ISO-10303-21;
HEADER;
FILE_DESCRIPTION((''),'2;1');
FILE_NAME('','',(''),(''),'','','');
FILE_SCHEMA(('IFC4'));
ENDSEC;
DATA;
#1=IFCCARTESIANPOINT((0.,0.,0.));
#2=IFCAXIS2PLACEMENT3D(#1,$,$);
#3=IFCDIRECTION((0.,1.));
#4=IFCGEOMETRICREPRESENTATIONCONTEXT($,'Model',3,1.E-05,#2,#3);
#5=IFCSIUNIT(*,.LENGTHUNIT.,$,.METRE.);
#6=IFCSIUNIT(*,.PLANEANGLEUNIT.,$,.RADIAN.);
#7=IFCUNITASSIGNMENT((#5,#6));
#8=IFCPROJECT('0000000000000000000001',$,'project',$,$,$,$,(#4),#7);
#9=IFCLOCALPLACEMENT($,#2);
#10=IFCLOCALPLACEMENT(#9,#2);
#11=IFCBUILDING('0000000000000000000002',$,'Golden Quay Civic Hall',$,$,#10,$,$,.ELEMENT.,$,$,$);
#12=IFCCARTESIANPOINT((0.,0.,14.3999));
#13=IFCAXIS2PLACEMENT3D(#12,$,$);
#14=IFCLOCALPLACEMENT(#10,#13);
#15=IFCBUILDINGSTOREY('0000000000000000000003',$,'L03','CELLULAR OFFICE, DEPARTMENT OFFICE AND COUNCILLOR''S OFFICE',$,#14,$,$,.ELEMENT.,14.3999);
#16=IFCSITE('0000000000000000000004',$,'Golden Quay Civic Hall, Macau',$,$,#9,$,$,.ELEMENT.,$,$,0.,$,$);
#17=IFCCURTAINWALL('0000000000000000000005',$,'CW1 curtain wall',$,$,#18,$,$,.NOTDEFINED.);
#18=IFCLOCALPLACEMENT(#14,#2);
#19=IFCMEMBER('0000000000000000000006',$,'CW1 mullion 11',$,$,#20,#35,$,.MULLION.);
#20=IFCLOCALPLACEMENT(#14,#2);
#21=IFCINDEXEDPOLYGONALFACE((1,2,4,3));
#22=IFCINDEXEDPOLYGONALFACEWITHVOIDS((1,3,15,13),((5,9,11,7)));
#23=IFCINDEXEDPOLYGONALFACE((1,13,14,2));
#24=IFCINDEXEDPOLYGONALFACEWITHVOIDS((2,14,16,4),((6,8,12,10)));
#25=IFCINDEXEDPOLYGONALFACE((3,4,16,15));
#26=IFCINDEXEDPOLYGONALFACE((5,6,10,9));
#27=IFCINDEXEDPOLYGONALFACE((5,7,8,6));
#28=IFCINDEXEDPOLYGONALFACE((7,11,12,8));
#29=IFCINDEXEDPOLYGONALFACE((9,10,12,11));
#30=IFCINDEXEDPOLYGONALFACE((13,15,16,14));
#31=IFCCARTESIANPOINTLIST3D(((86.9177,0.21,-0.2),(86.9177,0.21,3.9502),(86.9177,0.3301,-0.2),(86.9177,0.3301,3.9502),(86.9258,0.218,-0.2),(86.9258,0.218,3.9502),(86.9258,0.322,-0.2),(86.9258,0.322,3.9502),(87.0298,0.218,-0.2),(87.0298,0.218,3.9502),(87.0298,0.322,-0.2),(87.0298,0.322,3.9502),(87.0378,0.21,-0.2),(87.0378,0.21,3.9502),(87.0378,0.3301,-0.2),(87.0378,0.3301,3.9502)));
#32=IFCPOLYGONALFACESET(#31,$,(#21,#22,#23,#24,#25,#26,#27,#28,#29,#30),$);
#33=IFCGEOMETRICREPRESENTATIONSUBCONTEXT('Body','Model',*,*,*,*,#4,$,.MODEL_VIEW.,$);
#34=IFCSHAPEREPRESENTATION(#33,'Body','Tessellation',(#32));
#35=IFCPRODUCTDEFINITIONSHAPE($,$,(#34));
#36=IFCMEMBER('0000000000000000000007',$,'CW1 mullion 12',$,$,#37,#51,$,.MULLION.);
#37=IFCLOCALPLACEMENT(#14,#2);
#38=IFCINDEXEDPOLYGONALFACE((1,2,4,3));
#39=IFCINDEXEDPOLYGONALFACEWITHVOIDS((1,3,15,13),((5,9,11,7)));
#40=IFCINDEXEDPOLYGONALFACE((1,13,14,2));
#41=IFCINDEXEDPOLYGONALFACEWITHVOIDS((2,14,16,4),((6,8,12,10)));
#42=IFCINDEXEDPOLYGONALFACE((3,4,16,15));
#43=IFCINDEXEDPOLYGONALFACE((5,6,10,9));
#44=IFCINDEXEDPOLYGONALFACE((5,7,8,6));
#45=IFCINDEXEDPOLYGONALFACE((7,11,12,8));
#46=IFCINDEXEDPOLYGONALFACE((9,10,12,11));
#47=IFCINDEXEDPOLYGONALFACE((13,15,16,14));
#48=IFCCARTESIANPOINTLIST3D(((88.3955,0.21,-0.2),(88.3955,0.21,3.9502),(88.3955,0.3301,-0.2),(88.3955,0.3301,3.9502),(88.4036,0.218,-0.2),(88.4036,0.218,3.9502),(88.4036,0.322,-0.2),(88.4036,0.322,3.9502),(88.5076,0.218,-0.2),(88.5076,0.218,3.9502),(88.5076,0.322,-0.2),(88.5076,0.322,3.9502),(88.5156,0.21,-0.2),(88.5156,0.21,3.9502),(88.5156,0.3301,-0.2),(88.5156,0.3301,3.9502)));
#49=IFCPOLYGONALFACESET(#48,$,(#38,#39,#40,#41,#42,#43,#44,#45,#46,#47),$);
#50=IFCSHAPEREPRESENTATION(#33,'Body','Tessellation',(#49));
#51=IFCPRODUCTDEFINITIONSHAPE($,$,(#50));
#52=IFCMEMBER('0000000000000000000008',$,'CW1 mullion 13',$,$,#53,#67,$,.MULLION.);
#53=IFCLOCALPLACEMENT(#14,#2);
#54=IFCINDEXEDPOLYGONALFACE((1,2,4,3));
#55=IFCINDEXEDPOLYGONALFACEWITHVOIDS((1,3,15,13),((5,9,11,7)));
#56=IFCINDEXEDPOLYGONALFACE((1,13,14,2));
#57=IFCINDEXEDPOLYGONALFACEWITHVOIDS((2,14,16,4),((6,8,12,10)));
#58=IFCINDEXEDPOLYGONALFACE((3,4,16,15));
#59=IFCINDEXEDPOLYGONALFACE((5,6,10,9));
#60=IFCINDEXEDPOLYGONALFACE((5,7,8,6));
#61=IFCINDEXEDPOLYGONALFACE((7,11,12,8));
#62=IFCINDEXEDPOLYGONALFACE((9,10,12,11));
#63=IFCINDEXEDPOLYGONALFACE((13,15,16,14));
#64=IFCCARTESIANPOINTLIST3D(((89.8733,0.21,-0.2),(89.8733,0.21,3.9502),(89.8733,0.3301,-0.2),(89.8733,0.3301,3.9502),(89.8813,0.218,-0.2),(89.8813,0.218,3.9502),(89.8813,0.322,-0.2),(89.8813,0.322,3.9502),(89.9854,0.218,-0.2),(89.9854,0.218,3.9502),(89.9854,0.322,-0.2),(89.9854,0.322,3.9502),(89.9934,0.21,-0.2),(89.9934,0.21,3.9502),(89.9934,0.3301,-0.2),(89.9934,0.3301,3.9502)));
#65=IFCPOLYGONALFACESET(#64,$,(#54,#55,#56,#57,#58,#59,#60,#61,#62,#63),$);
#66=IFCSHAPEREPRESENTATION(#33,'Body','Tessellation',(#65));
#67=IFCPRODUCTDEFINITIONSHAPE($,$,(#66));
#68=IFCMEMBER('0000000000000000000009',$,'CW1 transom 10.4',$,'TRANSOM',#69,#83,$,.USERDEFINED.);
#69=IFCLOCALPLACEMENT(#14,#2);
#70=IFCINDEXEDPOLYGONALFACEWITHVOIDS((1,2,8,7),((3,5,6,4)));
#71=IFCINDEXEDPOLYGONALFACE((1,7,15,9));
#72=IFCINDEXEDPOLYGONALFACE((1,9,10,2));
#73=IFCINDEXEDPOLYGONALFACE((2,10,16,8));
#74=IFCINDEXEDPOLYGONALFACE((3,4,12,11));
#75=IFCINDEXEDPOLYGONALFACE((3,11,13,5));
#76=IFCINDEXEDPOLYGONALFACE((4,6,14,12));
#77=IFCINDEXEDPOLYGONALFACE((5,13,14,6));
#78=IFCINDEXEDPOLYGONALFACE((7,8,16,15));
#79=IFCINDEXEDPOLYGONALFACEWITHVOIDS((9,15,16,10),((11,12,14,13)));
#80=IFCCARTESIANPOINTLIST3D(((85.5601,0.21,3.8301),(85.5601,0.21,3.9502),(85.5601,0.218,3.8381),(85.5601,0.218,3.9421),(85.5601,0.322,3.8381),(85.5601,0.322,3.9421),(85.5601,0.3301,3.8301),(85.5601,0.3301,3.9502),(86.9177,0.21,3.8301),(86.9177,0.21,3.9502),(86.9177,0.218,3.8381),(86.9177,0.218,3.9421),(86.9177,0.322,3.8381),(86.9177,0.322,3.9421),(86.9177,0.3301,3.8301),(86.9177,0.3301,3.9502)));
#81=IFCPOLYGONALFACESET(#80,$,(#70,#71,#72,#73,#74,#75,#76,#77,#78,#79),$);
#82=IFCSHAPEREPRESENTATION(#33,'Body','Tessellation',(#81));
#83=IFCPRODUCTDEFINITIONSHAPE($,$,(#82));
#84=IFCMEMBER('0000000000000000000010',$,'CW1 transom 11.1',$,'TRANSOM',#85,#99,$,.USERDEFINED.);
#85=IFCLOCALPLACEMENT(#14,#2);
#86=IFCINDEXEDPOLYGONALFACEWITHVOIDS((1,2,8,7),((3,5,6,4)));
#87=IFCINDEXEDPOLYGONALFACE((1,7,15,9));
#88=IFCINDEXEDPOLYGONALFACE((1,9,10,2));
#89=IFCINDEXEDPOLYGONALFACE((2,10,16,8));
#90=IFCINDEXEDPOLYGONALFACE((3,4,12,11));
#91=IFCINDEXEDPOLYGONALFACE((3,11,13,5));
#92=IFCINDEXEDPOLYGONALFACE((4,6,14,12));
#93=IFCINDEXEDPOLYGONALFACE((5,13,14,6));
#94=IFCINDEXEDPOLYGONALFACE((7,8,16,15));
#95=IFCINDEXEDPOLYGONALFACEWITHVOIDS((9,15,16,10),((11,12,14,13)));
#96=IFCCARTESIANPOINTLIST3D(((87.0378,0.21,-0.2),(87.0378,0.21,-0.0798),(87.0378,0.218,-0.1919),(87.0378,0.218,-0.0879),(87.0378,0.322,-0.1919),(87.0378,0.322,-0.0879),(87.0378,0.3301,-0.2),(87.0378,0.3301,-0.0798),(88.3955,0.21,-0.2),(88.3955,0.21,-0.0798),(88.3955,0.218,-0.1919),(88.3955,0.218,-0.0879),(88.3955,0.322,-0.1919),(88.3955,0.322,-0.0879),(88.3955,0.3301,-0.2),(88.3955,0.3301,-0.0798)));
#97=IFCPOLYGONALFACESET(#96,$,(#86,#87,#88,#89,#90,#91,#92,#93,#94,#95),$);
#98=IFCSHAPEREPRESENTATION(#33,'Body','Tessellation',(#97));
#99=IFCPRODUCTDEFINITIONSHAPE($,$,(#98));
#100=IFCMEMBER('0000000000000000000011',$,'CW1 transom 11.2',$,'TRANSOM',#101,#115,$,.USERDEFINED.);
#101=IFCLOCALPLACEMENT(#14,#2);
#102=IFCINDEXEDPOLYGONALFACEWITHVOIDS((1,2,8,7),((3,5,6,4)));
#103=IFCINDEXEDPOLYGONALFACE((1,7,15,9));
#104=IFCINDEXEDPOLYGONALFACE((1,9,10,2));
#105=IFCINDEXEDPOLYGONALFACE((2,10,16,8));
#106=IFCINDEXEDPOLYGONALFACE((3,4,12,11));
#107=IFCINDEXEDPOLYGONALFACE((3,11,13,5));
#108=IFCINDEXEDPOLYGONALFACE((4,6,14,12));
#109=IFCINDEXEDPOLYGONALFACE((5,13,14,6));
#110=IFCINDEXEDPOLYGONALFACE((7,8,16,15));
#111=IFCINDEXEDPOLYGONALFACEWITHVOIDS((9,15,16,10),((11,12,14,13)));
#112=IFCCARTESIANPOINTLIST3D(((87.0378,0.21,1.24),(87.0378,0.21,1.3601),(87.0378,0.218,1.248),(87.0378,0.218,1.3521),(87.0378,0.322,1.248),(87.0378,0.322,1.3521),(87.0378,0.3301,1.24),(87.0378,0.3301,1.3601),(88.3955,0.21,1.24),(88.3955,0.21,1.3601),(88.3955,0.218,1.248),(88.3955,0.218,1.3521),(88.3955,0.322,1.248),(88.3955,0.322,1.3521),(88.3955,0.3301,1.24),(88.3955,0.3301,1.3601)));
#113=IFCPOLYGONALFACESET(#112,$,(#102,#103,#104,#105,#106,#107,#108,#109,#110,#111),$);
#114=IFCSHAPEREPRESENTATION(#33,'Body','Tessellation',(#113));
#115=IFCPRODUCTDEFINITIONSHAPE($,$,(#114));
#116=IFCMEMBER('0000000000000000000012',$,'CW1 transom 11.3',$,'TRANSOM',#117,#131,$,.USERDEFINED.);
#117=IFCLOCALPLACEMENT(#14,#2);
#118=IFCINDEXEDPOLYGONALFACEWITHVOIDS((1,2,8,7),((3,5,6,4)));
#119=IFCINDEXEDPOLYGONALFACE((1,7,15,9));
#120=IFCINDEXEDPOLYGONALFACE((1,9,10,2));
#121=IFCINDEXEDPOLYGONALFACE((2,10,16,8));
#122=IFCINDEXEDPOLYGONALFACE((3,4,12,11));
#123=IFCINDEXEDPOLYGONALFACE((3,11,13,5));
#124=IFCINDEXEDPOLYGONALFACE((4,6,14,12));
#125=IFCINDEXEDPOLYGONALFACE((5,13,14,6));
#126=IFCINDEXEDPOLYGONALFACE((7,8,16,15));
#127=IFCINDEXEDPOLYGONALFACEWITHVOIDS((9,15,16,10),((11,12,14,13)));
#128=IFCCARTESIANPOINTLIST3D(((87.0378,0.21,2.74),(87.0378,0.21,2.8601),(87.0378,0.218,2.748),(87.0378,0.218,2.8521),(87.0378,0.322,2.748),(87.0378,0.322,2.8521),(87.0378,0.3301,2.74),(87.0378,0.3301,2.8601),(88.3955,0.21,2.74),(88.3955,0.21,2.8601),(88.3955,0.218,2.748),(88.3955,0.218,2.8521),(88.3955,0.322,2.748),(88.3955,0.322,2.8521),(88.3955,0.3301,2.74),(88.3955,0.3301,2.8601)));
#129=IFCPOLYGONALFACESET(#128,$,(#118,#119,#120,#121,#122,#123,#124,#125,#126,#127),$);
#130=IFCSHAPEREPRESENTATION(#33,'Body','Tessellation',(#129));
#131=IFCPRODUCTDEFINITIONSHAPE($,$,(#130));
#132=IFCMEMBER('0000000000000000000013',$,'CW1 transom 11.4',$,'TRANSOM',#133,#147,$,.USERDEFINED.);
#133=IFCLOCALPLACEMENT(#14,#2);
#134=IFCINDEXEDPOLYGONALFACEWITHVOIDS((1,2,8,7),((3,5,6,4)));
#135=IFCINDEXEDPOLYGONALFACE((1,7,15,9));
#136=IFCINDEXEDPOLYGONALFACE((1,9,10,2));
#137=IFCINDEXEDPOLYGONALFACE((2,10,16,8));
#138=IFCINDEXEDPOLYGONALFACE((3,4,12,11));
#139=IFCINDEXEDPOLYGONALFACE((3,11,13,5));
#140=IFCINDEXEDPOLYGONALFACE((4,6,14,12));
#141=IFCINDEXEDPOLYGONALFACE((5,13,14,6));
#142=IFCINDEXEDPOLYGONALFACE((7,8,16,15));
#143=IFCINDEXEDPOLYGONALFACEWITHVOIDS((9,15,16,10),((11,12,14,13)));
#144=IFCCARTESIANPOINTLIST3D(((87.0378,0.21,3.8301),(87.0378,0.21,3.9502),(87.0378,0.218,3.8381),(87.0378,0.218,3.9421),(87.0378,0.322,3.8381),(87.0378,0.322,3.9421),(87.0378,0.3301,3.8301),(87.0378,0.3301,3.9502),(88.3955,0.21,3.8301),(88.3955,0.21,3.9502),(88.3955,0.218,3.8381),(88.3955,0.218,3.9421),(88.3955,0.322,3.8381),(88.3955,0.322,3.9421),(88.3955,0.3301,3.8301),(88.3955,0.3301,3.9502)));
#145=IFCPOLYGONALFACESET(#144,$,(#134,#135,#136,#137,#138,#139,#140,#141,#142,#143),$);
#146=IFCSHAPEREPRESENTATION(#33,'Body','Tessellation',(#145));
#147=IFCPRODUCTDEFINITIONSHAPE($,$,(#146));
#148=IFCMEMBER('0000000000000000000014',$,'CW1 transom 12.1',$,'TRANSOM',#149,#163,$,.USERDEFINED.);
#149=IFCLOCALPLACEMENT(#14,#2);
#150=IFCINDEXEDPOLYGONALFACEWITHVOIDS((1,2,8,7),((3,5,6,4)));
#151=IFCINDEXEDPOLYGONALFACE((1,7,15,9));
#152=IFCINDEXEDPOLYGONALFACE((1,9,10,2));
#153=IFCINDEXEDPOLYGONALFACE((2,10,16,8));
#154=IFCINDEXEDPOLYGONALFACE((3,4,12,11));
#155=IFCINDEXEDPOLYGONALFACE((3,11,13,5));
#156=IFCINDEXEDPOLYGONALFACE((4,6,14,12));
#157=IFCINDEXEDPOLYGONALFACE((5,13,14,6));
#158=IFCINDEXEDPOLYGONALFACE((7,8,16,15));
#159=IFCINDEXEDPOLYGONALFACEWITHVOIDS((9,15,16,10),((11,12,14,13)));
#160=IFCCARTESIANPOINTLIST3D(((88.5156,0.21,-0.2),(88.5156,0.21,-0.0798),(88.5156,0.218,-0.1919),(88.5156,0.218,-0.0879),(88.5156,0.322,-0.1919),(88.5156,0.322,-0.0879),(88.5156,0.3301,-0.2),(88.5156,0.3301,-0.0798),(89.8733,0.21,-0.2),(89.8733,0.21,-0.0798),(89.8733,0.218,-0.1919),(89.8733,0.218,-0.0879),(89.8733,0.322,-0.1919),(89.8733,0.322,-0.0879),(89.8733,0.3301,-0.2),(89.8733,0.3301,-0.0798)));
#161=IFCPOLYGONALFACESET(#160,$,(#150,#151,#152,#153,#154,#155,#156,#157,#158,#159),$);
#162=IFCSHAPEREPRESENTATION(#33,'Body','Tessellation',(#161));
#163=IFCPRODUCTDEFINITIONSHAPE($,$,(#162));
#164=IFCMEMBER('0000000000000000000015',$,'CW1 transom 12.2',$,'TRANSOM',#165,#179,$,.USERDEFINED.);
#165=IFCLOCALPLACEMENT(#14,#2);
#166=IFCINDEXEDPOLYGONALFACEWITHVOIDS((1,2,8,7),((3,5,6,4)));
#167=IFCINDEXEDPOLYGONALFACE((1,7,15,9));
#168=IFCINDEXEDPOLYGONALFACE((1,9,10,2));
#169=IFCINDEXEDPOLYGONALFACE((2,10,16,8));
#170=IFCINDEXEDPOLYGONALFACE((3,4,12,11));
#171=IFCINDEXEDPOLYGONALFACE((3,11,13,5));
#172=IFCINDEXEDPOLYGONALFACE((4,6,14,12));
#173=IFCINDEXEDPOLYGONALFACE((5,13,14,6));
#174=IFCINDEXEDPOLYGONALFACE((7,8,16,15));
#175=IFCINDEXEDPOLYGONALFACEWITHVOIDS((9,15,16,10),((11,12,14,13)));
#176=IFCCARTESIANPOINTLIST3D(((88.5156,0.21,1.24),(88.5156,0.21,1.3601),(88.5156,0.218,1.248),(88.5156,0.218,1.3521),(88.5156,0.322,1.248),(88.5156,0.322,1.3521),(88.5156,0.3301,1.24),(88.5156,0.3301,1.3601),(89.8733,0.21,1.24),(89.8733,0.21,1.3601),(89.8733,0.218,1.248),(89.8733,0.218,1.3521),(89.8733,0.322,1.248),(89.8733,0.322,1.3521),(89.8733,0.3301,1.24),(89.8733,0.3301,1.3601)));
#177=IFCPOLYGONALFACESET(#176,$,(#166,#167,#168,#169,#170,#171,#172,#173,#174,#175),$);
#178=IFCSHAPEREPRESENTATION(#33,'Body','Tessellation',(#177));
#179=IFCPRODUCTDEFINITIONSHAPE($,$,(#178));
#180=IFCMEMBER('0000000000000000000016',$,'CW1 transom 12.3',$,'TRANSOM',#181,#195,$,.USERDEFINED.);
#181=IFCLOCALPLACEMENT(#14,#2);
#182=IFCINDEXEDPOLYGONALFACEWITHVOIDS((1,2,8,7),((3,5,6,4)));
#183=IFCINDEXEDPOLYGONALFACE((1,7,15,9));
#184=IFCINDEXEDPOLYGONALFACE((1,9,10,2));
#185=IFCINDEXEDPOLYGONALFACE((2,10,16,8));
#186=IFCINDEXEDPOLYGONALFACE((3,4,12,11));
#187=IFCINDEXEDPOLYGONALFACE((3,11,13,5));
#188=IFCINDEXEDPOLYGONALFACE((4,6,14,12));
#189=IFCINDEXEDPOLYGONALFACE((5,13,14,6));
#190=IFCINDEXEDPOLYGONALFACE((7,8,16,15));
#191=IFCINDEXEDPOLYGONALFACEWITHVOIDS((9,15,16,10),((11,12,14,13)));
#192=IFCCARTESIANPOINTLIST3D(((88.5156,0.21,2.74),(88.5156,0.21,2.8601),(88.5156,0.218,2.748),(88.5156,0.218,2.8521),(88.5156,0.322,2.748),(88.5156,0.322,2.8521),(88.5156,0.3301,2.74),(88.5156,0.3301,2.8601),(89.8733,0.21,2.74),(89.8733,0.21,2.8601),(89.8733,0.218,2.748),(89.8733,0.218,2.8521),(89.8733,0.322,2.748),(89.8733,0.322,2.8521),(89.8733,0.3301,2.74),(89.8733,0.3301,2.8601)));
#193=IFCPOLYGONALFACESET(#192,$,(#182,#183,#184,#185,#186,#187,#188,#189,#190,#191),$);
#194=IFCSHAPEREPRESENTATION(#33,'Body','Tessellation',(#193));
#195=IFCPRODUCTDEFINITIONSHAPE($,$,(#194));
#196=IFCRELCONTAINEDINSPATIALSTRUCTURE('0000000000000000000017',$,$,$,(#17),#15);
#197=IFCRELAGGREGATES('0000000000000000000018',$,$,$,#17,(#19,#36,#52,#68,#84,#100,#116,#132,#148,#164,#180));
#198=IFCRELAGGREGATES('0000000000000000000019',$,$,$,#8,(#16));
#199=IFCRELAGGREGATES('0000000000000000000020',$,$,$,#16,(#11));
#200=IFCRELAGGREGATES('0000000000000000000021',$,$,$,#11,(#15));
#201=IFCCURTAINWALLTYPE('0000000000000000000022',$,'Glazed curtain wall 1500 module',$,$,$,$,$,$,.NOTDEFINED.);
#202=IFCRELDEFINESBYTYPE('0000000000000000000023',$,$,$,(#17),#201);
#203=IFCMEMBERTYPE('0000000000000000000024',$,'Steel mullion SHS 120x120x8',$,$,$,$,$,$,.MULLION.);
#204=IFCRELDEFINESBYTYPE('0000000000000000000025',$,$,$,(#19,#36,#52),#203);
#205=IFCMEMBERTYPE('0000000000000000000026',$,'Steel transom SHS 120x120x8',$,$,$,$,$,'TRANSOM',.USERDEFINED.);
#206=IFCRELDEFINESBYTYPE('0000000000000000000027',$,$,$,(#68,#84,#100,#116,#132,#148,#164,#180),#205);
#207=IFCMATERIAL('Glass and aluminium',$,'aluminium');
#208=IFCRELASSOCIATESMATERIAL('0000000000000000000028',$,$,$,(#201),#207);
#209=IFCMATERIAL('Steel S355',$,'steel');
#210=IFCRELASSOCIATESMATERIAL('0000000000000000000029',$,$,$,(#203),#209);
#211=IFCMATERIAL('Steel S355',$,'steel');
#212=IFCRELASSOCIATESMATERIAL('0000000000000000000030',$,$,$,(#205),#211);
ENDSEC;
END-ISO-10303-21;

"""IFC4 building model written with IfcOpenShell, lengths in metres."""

from ifc_helpers import new_model, si_unit, direction, frame, origin, origin_2d, place, context, subcontext, project, spatial, hollow_rectangle, extrude, material, material_profile, profile_set, type_object, element, aggregate, save


model = new_model("IFC4")

# Units and contexts
model_context = context("Model", 3, precision=1e-05, world=origin(), true_north=direction((0.0, 1.0)))
body_context = subcontext(model_context, "Body", "Model", "MODEL_VIEW")
ifc_project = project(units=[si_unit("LENGTHUNIT", "METRE"), si_unit("PLANEANGLEUNIT", "RADIAN")], contexts=[model_context])

# Site, building, storey
site_placement = place(None, origin())
site = spatial("IfcSite", under=ifc_project, at=site_placement, Name="Golden Quay Civic Hall, Macau", CompositionType="ELEMENT", RefElevation=0.0)
building_placement = place(site_placement, origin())
building = spatial("IfcBuilding", under=site, at=building_placement, Name="Golden Quay Civic Hall", CompositionType="ELEMENT")
storey_placement = place(building_placement, frame((0.0, 0.0, 14.3999)))
storey = spatial("IfcBuildingStorey", under=building, at=storey_placement, Name="L03", Description="CELLULAR OFFICE, DEPARTMENT OFFICE AND COUNCILLOR'S OFFICE", CompositionType="ELEMENT", Elevation=14.3999)

# Curtain wall, members
ifc_material_1 = material(Name="Glass and aluminium", Category="aluminium")
curtain_wall_type = type_object("IfcCurtainWallType", Name="Glazed curtain wall 1500 module", PredefinedType="NOTDEFINED", material=ifc_material_1)
curtain_wall_placement = place(storey_placement, origin())
curtain_wall = element("IfcCurtainWall", 1, at=curtain_wall_placement, inside=storey, type_object=curtain_wall_type, Name="CW1 curtain wall", PredefinedType="NOTDEFINED")
ifc_material_2 = material(Name="Steel S355", Category="steel")
ifc_material_profile_1 = material_profile(ifc_material_2, hollow_rectangle(XDim=0.1201, YDim=0.1201, WallThickness=0.0081, at=origin_2d()), Name="SHS 120x120x8")
ifc_profile_set_1 = profile_set([ifc_material_profile_1], Name="Steel S355")
member_type_1 = type_object("IfcMemberType", Name="Steel mullion SHS 120x120x8", PredefinedType="MULLION", material=ifc_profile_set_1)
member_1_placement = place(storey_placement, frame((86.9778, 0.27, -0.2), z_axis=(0.0, 0.0, 1.0), x_axis=(0.0, 1.0, 0.0)))
member_1 = element("IfcMember", 2, at=member_1_placement, type_object=member_type_1, Name="CW1 mullion 11", PredefinedType="MULLION", context=body_context, shape_type="SweptSolid", body=[
    extrude(hollow_rectangle(XDim=0.1201, YDim=0.1201, WallThickness=0.0081, at=origin_2d()), origin(), (0.0, 0.0, 1.0), 4.1501),
])
member_2_placement = place(storey_placement, frame((88.4556, 0.27, -0.2), z_axis=(0.0, 0.0, 1.0), x_axis=(0.0, 1.0, 0.0)))
member_2 = element("IfcMember", 3, at=member_2_placement, type_object=member_type_1, Name="CW1 mullion 12", PredefinedType="MULLION", context=body_context, shape_type="SweptSolid", body=[
    extrude(hollow_rectangle(XDim=0.1201, YDim=0.1201, WallThickness=0.0081, at=origin_2d()), origin(), (0.0, 0.0, 1.0), 4.1501),
])
member_3_placement = place(storey_placement, frame((89.9333, 0.27, -0.2), z_axis=(0.0, 0.0, 1.0), x_axis=(0.0, 1.0, 0.0)))
member_3 = element("IfcMember", 4, at=member_3_placement, type_object=member_type_1, Name="CW1 mullion 13", PredefinedType="MULLION", context=body_context, shape_type="SweptSolid", body=[
    extrude(hollow_rectangle(XDim=0.1201, YDim=0.1201, WallThickness=0.0081, at=origin_2d()), origin(), (0.0, 0.0, 1.0), 4.1501),
])
ifc_material_3 = material(Name="Steel S355", Category="steel")
ifc_material_profile_2 = material_profile(ifc_material_3, hollow_rectangle(XDim=0.1201, YDim=0.1201, WallThickness=0.0081, at=origin_2d()), Name="SHS 120x120x8")
ifc_profile_set_2 = profile_set([ifc_material_profile_2], Name="Steel S355")
member_type_2 = type_object("IfcMemberType", Name="Steel transom SHS 120x120x8", ElementType="TRANSOM", PredefinedType="USERDEFINED", material=ifc_profile_set_2)
member_4_placement = place(storey_placement, frame((85.5601, 0.27, 3.8901), z_axis=(1.0, 0.0, 0.0), x_axis=(0.0, 1.0, 0.0)))
member_4 = element("IfcMember", 5, at=member_4_placement, type_object=member_type_2, Name="CW1 transom 10.4", ObjectType="TRANSOM", PredefinedType="USERDEFINED", context=body_context, shape_type="SweptSolid", body=[
    extrude(hollow_rectangle(XDim=0.1201, YDim=0.1201, WallThickness=0.0081, at=origin_2d()), origin(), (0.0, 0.0, 1.0), 1.3577),
])
member_5_placement = place(storey_placement, frame((87.0378, 0.27, -0.1399), z_axis=(1.0, 0.0, 0.0), x_axis=(0.0, 1.0, 0.0)))
member_5 = element("IfcMember", 6, at=member_5_placement, type_object=member_type_2, Name="CW1 transom 11.1", ObjectType="TRANSOM", PredefinedType="USERDEFINED", context=body_context, shape_type="SweptSolid", body=[
    extrude(hollow_rectangle(XDim=0.1201, YDim=0.1201, WallThickness=0.0081, at=origin_2d()), origin(), (0.0, 0.0, 1.0), 1.3577),
])
member_6_placement = place(storey_placement, frame((87.0378, 0.27, 1.3), z_axis=(1.0, 0.0, 0.0), x_axis=(0.0, 1.0, 0.0)))
member_6 = element("IfcMember", 7, at=member_6_placement, type_object=member_type_2, Name="CW1 transom 11.2", ObjectType="TRANSOM", PredefinedType="USERDEFINED", context=body_context, shape_type="SweptSolid", body=[
    extrude(hollow_rectangle(XDim=0.1201, YDim=0.1201, WallThickness=0.0081, at=origin_2d()), origin(), (0.0, 0.0, 1.0), 1.3577),
])
member_7_placement = place(storey_placement, frame((87.0378, 0.27, 2.8), z_axis=(1.0, 0.0, 0.0), x_axis=(0.0, 1.0, 0.0)))
member_7 = element("IfcMember", 8, at=member_7_placement, type_object=member_type_2, Name="CW1 transom 11.3", ObjectType="TRANSOM", PredefinedType="USERDEFINED", context=body_context, shape_type="SweptSolid", body=[
    extrude(hollow_rectangle(XDim=0.1201, YDim=0.1201, WallThickness=0.0081, at=origin_2d()), origin(), (0.0, 0.0, 1.0), 1.3577),
])
member_8_placement = place(storey_placement, frame((87.0378, 0.27, 3.8901), z_axis=(1.0, 0.0, 0.0), x_axis=(0.0, 1.0, 0.0)))
member_8 = element("IfcMember", 9, at=member_8_placement, type_object=member_type_2, Name="CW1 transom 11.4", ObjectType="TRANSOM", PredefinedType="USERDEFINED", context=body_context, shape_type="SweptSolid", body=[
    extrude(hollow_rectangle(XDim=0.1201, YDim=0.1201, WallThickness=0.0081, at=origin_2d()), origin(), (0.0, 0.0, 1.0), 1.3577),
])
member_9_placement = place(storey_placement, frame((88.5156, 0.27, -0.1399), z_axis=(1.0, 0.0, 0.0), x_axis=(0.0, 1.0, 0.0)))
member_9 = element("IfcMember", 10, at=member_9_placement, type_object=member_type_2, Name="CW1 transom 12.1", ObjectType="TRANSOM", PredefinedType="USERDEFINED", context=body_context, shape_type="SweptSolid", body=[
    extrude(hollow_rectangle(XDim=0.1201, YDim=0.1201, WallThickness=0.0081, at=origin_2d()), origin(), (0.0, 0.0, 1.0), 1.3577),
])
member_10_placement = place(storey_placement, frame((88.5156, 0.27, 1.3), z_axis=(1.0, 0.0, 0.0), x_axis=(0.0, 1.0, 0.0)))
member_10 = element("IfcMember", 11, at=member_10_placement, type_object=member_type_2, Name="CW1 transom 12.2", ObjectType="TRANSOM", PredefinedType="USERDEFINED", context=body_context, shape_type="SweptSolid", body=[
    extrude(hollow_rectangle(XDim=0.1201, YDim=0.1201, WallThickness=0.0081, at=origin_2d()), origin(), (0.0, 0.0, 1.0), 1.3577),
])
member_11_placement = place(storey_placement, frame((88.5156, 0.27, 2.8), z_axis=(1.0, 0.0, 0.0), x_axis=(0.0, 1.0, 0.0)))
member_11 = element("IfcMember", 12, at=member_11_placement, type_object=member_type_2, Name="CW1 transom 12.3", ObjectType="TRANSOM", PredefinedType="USERDEFINED", context=body_context, shape_type="SweptSolid", body=[
    extrude(hollow_rectangle(XDim=0.1201, YDim=0.1201, WallThickness=0.0081, at=origin_2d()), origin(), (0.0, 0.0, 1.0), 1.3577),
])
aggregate(curtain_wall, [member_1, member_2, member_3, member_4, member_5, member_6, member_7, member_8, member_9, member_10, member_11])

save(model, "model.ifc")
